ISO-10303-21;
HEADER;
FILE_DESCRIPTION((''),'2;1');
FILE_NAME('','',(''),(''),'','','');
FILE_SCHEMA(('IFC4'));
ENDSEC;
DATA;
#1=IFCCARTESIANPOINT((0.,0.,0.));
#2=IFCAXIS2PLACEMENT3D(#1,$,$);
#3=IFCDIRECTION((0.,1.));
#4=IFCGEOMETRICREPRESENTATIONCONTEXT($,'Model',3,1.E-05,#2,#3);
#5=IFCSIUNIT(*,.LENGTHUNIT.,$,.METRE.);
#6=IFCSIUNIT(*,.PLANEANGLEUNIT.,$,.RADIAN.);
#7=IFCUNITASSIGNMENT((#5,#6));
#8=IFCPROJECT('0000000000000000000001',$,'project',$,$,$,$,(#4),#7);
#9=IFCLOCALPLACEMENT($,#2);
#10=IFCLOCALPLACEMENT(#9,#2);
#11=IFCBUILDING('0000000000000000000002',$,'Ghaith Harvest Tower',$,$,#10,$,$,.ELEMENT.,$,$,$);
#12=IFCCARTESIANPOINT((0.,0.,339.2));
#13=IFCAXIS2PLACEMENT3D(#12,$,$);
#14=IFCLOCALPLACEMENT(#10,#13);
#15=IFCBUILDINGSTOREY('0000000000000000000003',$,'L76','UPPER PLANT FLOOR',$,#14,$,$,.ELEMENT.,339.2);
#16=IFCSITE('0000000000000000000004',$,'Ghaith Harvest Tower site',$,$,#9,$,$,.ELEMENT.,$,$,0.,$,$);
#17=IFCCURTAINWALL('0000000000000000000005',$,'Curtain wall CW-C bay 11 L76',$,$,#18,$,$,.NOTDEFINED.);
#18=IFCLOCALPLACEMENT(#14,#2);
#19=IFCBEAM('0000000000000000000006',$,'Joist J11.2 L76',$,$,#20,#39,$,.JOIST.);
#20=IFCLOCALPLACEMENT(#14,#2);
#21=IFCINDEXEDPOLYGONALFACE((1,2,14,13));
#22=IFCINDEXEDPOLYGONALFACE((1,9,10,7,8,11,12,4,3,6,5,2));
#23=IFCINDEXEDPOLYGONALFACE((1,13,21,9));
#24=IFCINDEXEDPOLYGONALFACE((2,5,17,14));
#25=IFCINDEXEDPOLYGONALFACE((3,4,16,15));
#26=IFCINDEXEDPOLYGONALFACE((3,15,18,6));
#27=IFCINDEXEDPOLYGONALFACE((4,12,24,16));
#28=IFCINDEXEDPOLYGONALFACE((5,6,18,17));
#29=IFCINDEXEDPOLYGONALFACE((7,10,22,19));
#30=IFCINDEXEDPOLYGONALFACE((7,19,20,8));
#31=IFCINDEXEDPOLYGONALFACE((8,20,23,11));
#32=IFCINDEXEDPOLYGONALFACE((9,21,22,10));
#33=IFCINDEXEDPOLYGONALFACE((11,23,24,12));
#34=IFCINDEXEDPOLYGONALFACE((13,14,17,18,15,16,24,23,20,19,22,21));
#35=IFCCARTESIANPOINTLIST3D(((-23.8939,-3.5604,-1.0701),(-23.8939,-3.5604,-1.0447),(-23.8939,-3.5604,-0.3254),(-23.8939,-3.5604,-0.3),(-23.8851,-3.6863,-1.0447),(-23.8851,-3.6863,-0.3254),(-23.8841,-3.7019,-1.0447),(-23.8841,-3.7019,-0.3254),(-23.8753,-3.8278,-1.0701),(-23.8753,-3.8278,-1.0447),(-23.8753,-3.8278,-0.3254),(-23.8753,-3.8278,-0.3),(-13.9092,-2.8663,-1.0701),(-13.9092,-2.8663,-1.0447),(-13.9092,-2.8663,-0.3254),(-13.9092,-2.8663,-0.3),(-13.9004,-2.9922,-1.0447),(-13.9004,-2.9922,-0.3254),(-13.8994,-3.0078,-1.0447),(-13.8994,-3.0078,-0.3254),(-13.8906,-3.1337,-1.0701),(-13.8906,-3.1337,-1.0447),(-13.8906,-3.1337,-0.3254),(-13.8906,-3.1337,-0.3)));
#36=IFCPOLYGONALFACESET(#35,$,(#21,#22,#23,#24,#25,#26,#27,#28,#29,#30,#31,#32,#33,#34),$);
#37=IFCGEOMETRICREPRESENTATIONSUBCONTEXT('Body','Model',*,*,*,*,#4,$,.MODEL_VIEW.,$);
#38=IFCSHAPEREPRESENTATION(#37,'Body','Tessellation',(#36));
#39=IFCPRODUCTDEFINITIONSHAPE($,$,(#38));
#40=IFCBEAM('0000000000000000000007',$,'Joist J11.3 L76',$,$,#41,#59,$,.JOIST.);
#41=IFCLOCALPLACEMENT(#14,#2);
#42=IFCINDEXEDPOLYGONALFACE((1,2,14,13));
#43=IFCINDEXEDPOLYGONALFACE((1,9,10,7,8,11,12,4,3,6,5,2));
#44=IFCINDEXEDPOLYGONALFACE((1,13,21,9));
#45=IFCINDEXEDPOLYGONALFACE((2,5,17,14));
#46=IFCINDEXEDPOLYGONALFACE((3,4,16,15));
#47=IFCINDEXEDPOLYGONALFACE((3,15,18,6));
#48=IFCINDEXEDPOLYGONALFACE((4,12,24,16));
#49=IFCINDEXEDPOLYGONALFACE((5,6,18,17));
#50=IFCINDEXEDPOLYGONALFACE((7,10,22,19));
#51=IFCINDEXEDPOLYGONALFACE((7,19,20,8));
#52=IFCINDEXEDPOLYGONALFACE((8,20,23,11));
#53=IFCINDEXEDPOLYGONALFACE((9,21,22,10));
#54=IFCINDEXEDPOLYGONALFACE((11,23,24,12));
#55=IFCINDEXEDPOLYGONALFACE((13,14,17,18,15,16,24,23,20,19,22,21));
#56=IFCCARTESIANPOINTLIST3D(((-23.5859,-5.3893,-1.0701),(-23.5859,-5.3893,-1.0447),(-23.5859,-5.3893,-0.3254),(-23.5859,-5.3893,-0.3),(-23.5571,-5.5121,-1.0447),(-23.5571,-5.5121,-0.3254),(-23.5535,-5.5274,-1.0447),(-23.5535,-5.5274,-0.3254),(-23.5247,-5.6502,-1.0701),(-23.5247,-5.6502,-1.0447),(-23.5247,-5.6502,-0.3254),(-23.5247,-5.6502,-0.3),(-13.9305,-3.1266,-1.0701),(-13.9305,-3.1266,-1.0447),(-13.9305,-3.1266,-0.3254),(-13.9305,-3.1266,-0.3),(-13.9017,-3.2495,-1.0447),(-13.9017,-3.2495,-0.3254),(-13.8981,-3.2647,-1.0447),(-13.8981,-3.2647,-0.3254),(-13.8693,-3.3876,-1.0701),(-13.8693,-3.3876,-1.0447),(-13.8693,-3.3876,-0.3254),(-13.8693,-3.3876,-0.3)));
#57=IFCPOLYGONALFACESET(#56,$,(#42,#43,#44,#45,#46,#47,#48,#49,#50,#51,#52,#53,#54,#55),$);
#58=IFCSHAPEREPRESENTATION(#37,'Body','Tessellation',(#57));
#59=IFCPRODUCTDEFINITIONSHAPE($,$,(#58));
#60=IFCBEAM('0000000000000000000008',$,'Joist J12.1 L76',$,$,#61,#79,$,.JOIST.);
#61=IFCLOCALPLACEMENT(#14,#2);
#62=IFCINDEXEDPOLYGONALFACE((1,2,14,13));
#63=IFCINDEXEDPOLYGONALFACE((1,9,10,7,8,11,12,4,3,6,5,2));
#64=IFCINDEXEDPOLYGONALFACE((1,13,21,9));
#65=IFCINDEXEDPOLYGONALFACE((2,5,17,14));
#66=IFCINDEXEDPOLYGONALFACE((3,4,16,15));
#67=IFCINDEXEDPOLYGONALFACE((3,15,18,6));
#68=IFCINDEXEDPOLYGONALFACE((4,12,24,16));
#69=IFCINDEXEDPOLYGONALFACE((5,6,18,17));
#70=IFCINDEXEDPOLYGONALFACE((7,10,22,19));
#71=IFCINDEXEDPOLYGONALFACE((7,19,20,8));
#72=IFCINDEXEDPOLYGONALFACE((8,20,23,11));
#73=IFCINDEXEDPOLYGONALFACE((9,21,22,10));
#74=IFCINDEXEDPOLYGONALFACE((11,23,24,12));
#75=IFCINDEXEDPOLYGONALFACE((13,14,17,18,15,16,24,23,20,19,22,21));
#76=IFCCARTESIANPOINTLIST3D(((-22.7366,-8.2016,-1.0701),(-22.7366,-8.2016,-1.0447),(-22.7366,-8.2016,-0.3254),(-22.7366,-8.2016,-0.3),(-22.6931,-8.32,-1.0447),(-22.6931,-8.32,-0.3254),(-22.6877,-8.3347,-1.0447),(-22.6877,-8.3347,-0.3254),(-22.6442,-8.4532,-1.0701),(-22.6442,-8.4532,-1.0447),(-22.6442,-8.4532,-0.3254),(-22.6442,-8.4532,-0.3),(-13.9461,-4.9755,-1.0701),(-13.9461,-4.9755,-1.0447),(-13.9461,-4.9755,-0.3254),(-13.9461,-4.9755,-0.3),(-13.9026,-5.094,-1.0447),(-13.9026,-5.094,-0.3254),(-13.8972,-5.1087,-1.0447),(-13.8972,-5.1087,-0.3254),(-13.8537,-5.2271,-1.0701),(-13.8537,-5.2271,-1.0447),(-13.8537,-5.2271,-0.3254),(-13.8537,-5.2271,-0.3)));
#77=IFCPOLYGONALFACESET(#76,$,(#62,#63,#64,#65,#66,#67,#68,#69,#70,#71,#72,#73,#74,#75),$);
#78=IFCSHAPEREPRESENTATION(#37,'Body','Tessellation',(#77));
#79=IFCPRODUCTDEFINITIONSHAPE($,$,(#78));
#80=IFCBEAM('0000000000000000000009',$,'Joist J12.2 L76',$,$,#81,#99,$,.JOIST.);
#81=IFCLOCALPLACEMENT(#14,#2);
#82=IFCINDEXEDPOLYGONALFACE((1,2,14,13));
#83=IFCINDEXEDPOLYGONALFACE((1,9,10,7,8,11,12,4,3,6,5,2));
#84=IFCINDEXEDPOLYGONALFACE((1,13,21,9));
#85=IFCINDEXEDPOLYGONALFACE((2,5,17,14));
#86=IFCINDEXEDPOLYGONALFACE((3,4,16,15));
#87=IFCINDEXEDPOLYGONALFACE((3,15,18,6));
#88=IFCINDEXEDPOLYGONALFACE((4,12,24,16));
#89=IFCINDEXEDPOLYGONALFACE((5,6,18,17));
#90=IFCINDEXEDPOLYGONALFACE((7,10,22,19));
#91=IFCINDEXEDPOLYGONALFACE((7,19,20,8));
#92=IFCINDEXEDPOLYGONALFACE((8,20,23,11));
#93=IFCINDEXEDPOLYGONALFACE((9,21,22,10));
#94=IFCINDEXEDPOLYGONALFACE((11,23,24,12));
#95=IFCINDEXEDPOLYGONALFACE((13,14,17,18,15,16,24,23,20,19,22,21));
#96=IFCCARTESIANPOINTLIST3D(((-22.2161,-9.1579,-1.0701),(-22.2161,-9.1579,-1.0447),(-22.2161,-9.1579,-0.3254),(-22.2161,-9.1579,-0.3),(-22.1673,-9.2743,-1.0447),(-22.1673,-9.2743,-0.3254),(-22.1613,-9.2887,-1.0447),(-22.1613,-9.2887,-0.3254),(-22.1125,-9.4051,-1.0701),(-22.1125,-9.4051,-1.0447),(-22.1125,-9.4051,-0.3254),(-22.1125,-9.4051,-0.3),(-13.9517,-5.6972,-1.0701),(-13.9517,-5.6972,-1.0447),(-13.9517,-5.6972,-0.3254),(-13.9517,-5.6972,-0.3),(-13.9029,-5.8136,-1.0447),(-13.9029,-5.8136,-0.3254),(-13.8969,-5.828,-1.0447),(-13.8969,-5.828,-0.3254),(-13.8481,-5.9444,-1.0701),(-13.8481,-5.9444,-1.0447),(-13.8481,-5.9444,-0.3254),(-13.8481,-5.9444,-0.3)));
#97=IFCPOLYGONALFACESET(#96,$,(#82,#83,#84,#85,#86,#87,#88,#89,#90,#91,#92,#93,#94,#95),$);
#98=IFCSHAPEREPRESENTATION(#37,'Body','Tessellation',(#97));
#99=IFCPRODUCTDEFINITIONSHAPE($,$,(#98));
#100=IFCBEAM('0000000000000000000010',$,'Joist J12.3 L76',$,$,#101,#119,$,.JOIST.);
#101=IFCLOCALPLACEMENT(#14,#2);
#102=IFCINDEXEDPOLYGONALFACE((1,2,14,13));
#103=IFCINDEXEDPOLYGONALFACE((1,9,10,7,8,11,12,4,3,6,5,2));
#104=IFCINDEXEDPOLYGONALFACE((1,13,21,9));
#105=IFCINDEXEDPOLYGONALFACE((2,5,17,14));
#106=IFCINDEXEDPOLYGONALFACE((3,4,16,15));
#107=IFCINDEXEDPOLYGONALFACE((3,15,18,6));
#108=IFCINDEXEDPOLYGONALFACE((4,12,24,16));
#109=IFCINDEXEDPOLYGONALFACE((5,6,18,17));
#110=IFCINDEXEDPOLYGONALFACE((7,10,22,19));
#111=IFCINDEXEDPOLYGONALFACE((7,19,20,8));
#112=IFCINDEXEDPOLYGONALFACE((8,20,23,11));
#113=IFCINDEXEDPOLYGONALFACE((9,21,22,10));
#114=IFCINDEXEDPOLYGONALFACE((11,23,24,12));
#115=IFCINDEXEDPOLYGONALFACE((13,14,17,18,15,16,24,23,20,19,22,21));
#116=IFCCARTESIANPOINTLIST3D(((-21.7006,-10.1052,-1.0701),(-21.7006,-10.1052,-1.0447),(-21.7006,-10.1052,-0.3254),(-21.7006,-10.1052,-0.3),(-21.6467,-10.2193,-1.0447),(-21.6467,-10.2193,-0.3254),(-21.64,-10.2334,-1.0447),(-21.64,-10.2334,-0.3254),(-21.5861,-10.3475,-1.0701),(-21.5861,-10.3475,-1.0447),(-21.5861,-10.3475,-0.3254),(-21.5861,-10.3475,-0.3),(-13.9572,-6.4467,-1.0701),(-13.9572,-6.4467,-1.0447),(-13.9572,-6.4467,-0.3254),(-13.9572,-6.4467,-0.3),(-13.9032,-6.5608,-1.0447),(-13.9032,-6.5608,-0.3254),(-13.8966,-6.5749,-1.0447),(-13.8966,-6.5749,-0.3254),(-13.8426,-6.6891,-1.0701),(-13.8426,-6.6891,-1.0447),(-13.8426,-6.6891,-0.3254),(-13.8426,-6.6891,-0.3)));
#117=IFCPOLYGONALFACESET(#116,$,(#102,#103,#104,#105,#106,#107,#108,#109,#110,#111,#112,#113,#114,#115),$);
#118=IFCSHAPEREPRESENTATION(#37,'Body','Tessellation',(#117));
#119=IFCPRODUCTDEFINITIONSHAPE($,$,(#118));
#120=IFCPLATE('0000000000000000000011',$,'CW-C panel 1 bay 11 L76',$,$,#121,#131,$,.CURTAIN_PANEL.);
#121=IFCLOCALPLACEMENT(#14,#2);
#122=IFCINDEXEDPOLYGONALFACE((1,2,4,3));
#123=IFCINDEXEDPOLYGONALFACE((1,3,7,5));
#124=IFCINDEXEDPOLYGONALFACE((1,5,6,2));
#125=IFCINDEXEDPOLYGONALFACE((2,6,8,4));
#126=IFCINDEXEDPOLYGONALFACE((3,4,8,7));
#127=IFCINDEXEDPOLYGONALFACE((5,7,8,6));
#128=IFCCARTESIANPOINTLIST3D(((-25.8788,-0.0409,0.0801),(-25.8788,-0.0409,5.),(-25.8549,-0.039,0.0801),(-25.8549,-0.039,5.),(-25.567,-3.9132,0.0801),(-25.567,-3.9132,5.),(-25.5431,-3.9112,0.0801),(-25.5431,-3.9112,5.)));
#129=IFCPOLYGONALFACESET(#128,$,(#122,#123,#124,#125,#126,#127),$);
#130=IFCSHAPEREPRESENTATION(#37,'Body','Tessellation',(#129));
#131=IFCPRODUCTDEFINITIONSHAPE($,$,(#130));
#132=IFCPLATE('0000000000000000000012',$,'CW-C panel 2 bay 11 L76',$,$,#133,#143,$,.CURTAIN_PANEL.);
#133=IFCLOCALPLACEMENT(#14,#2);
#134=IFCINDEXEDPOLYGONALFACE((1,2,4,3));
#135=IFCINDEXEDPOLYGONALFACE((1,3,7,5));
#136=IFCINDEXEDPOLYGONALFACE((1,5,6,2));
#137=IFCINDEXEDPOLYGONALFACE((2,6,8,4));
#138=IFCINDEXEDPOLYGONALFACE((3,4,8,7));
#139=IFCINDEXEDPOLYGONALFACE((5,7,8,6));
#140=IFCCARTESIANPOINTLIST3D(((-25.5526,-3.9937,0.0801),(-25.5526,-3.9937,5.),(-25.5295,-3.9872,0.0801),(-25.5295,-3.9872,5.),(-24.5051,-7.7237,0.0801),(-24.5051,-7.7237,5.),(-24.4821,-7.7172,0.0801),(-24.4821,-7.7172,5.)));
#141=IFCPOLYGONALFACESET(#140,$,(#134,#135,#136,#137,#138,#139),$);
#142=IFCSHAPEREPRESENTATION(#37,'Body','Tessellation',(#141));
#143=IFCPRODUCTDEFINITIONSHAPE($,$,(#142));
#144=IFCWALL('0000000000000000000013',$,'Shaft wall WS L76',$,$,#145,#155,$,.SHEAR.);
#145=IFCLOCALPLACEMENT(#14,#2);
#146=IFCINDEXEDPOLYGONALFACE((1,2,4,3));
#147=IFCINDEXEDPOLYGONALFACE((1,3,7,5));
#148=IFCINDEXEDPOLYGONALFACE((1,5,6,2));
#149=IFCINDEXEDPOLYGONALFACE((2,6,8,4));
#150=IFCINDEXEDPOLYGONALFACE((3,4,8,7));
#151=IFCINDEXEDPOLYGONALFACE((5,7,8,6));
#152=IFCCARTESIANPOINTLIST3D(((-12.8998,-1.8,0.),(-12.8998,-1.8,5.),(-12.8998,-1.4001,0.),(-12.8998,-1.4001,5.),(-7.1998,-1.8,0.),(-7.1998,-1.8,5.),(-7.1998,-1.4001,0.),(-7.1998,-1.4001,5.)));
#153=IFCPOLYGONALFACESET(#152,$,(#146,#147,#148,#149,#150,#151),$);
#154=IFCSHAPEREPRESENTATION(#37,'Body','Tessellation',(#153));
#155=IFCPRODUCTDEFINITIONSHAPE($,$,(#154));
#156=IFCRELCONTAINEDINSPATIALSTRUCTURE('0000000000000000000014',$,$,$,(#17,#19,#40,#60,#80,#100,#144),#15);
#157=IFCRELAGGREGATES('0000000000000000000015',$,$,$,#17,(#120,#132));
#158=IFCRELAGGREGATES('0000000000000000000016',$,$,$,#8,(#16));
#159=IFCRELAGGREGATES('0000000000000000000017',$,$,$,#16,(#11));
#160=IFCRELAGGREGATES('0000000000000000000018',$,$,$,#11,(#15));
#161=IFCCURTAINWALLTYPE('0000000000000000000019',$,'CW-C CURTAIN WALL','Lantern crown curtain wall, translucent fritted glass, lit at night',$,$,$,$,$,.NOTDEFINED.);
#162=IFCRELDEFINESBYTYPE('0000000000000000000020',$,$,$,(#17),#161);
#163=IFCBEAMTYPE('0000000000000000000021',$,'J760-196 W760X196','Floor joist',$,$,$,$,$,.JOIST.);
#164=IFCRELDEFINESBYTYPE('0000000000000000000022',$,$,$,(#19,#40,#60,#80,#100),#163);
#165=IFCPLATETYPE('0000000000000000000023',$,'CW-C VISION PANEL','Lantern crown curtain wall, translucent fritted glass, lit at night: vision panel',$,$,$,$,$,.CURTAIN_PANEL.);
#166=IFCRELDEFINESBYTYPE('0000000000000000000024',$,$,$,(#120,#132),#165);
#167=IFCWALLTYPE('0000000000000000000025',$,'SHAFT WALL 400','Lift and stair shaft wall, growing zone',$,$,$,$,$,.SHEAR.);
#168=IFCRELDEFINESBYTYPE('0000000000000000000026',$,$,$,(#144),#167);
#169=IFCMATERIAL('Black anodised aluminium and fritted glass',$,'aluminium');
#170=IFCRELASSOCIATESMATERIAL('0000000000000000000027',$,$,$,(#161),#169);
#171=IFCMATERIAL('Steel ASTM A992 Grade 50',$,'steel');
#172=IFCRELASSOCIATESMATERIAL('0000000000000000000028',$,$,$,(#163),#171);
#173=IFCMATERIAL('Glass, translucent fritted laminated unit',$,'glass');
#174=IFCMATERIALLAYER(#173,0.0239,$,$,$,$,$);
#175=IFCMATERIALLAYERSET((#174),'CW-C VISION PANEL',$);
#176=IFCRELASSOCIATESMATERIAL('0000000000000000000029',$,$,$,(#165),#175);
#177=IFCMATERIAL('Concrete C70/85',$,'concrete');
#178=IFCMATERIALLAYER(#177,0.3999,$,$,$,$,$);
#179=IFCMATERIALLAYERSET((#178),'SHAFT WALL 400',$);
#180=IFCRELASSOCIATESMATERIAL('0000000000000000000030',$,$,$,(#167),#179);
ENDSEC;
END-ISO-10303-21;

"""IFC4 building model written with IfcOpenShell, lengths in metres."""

from ifc_helpers import new_model, si_unit, direction, frame, frame_2d, origin, origin_2d, place, context, subcontext, project, spatial, rectangle, i_section, extrude, material, layer, layer_set, material_profile, profile_set, type_object, element, aggregate, save


model = new_model("IFC4")

# Units and contexts
model_context = context("Model", 3, precision=1e-05, world=origin(), true_north=direction((0.0, 1.0)))
body_context = subcontext(model_context, "Body", "Model", "MODEL_VIEW")
ifc_project = project(units=[si_unit("LENGTHUNIT", "METRE"), si_unit("PLANEANGLEUNIT", "RADIAN")], contexts=[model_context])

# Site, building, storey
site_placement = place(None, origin())
site = spatial("IfcSite", under=ifc_project, at=site_placement, Name="Ghaith Harvest Tower site", CompositionType="ELEMENT", RefElevation=0.0)
building_placement = place(site_placement, origin())
building = spatial("IfcBuilding", under=site, at=building_placement, Name="Ghaith Harvest Tower", CompositionType="ELEMENT")
storey_placement = place(building_placement, frame((0.0, 0.0, 339.2)))
storey = spatial("IfcBuildingStorey", under=building, at=storey_placement, Name="L76", Description="UPPER PLANT FLOOR", CompositionType="ELEMENT", Elevation=339.2)

# Curtain wall
ifc_material_1 = material(Name="Black anodised aluminium and fritted glass", Category="aluminium")
curtain_wall_type = type_object("IfcCurtainWallType", Name="CW-C CURTAIN WALL", Description="Lantern crown curtain wall, translucent fritted glass, lit at night", PredefinedType="NOTDEFINED", material=ifc_material_1)
curtain_wall_1_placement = place(storey_placement, origin())
curtain_wall_1 = element("IfcCurtainWall", 1, at=curtain_wall_1_placement, inside=storey, type_object=curtain_wall_type, Name="Curtain wall CW-C bay 11 L76", PredefinedType="NOTDEFINED")

# Beams
ifc_material_2 = material(Name="Steel ASTM A992 Grade 50", Category="steel")
ifc_material_profile_1 = material_profile(ifc_material_2, i_section(OverallWidth=0.2681, OverallDepth=0.77, WebThickness=0.0156, FlangeThickness=0.0254, at=origin_2d()), Name="W760X196")
ifc_profile_set_1 = profile_set([ifc_material_profile_1], Name="Steel ASTM A992 Grade 50")
beam_type_1 = type_object("IfcBeamType", Name="J760-196 W760X196", Description="Floor joist", PredefinedType="JOIST", material=ifc_profile_set_1)
beam_1_placement = place(storey_placement, frame((-13.8999, -3.0, -0.6851), z_axis=(-0.997592, -0.069349, 0.0), x_axis=(0.069349, -0.997592, 0.0)))
element("IfcBeam", 2, at=beam_1_placement, inside=storey, type_object=beam_type_1, Name="Joist J11.2 L76", PredefinedType="JOIST", context=body_context, shape_type="SweptSolid", body=[
    extrude(i_section(OverallWidth=0.2681, OverallDepth=0.77, WebThickness=0.0156, FlangeThickness=0.0254, at=origin_2d()), origin(), (0.0, 0.0, 1.0), 10.0088),
])
beam_2_placement = place(storey_placement, frame((-13.8999, -3.2571, -0.6851), z_axis=(-0.973623, -0.228161, 0.0), x_axis=(0.228161, -0.973623, 0.0)))
element("IfcBeam", 3, at=beam_2_placement, inside=storey, type_object=beam_type_1, Name="Joist J11.3 L76", PredefinedType="JOIST", context=body_context, shape_type="SweptSolid", body=[
    extrude(i_section(OverallWidth=0.2681, OverallDepth=0.77, WebThickness=0.0156, FlangeThickness=0.0254, at=origin_2d()), origin(), (0.0, 0.0, 1.0), 9.917),
])
beam_3_placement = place(storey_placement, frame((-13.8999, -5.1013, -0.6851), z_axis=(-0.938777, -0.344526, 0.0), x_axis=(0.344526, -0.938777, 0.0)))
element("IfcBeam", 4, at=beam_3_placement, inside=storey, type_object=beam_type_1, Name="Joist J12.1 L76", PredefinedType="JOIST", context=body_context, shape_type="SweptSolid", body=[
    extrude(i_section(OverallWidth=0.2681, OverallDepth=0.77, WebThickness=0.0156, FlangeThickness=0.0254, at=origin_2d()), origin(), (0.0, 0.0, 1.0), 9.3638),
])
beam_4_placement = place(storey_placement, frame((-13.8999, -5.8208, -0.6851), z_axis=(-0.922394, -0.38625, 0.0), x_axis=(0.38625, -0.922394, 0.0)))
element("IfcBeam", 5, at=beam_4_placement, inside=storey, type_object=beam_type_1, Name="Joist J12.2 L76", PredefinedType="JOIST", context=body_context, shape_type="SweptSolid", body=[
    extrude(i_section(OverallWidth=0.2681, OverallDepth=0.77, WebThickness=0.0156, FlangeThickness=0.0254, at=origin_2d()), origin(), (0.0, 0.0, 1.0), 8.9597),
])
beam_5_placement = place(storey_placement, frame((-13.8999, -6.5679, -0.6851), z_axis=(-0.904166, -0.427182, 0.0), x_axis=(0.427182, -0.904166, 0.0)))
element("IfcBeam", 6, at=beam_5_placement, inside=storey, type_object=beam_type_1, Name="Joist J12.3 L76", PredefinedType="JOIST", context=body_context, shape_type="SweptSolid", body=[
    extrude(i_section(OverallWidth=0.2681, OverallDepth=0.77, WebThickness=0.0156, FlangeThickness=0.0254, at=origin_2d()), origin(), (0.0, 0.0, 1.0), 8.5642),
])

# Plates
ifc_material_3 = material(Name="Glass, translucent fritted laminated unit", Category="glass")
ifc_layer_1 = layer(ifc_material_3, 0.0239)
ifc_layer_set_1 = layer_set([ifc_layer_1], Name="CW-C VISION PANEL")
plate_type = type_object("IfcPlateType", Name="CW-C VISION PANEL", Description="Lantern crown curtain wall, translucent fritted glass, lit at night: vision panel", PredefinedType="CURTAIN_PANEL", material=ifc_layer_set_1)
plate_1_placement = place(storey_placement, frame((-25.7109, -1.9761, 0.0801), z_axis=(0.0, 0.0, 1.0), x_axis=(0.080258, -0.996774, 0.0)))
plate_1 = element("IfcPlate", 7, at=plate_1_placement, type_object=plate_type, Name="CW-C panel 1 bay 11 L76", PredefinedType="CURTAIN_PANEL", context=body_context, shape_type="SweptSolid", body=[
    extrude(rectangle(XDim=3.8848, YDim=0.0239, at=origin_2d()), origin(), (0.0, 0.0, 1.0), 4.9199),
])
plate_2_placement = place(storey_placement, frame((-25.0173, -5.8555, 0.0801), z_axis=(0.0, 0.0, 1.0), x_axis=(0.270355, -0.962761, 0.0)))
plate_2 = element("IfcPlate", 8, at=plate_2_placement, type_object=plate_type, Name="CW-C panel 2 bay 11 L76", PredefinedType="CURTAIN_PANEL", context=body_context, shape_type="SweptSolid", body=[
    extrude(rectangle(XDim=3.8743, YDim=0.0239, at=origin_2d()), origin(), (0.0, 0.0, 1.0), 4.9199),
])
aggregate(curtain_wall_1, [plate_1, plate_2])

# Wall
ifc_material_4 = material(Name="Concrete C70/85", Category="concrete")
ifc_layer_2 = layer(ifc_material_4, 0.3999)
ifc_layer_set_2 = layer_set([ifc_layer_2], Name="SHAFT WALL 400")
wall_type_1 = type_object("IfcWallType", Name="SHAFT WALL 400", Description="Lift and stair shaft wall, growing zone", PredefinedType="SHEAR", material=ifc_layer_set_2)
wall_1_placement = place(storey_placement, frame((-12.8999, -1.6001, 0.0), z_axis=(0.0, 0.0, 1.0), x_axis=(1.0, 0.0, 0.0)))
element("IfcWall", 9, at=wall_1_placement, inside=storey, type_object=wall_type_1, Name="Shaft wall WS L76", PredefinedType="SHEAR", context=body_context, shape_type="SweptSolid", body=[
    extrude(rectangle(XDim=5.7, YDim=0.3999, at=frame_2d((2.8501, 0.0))), origin(), (0.0, 0.0, 1.0), 5.0),
])

save(model, "model.ifc")
